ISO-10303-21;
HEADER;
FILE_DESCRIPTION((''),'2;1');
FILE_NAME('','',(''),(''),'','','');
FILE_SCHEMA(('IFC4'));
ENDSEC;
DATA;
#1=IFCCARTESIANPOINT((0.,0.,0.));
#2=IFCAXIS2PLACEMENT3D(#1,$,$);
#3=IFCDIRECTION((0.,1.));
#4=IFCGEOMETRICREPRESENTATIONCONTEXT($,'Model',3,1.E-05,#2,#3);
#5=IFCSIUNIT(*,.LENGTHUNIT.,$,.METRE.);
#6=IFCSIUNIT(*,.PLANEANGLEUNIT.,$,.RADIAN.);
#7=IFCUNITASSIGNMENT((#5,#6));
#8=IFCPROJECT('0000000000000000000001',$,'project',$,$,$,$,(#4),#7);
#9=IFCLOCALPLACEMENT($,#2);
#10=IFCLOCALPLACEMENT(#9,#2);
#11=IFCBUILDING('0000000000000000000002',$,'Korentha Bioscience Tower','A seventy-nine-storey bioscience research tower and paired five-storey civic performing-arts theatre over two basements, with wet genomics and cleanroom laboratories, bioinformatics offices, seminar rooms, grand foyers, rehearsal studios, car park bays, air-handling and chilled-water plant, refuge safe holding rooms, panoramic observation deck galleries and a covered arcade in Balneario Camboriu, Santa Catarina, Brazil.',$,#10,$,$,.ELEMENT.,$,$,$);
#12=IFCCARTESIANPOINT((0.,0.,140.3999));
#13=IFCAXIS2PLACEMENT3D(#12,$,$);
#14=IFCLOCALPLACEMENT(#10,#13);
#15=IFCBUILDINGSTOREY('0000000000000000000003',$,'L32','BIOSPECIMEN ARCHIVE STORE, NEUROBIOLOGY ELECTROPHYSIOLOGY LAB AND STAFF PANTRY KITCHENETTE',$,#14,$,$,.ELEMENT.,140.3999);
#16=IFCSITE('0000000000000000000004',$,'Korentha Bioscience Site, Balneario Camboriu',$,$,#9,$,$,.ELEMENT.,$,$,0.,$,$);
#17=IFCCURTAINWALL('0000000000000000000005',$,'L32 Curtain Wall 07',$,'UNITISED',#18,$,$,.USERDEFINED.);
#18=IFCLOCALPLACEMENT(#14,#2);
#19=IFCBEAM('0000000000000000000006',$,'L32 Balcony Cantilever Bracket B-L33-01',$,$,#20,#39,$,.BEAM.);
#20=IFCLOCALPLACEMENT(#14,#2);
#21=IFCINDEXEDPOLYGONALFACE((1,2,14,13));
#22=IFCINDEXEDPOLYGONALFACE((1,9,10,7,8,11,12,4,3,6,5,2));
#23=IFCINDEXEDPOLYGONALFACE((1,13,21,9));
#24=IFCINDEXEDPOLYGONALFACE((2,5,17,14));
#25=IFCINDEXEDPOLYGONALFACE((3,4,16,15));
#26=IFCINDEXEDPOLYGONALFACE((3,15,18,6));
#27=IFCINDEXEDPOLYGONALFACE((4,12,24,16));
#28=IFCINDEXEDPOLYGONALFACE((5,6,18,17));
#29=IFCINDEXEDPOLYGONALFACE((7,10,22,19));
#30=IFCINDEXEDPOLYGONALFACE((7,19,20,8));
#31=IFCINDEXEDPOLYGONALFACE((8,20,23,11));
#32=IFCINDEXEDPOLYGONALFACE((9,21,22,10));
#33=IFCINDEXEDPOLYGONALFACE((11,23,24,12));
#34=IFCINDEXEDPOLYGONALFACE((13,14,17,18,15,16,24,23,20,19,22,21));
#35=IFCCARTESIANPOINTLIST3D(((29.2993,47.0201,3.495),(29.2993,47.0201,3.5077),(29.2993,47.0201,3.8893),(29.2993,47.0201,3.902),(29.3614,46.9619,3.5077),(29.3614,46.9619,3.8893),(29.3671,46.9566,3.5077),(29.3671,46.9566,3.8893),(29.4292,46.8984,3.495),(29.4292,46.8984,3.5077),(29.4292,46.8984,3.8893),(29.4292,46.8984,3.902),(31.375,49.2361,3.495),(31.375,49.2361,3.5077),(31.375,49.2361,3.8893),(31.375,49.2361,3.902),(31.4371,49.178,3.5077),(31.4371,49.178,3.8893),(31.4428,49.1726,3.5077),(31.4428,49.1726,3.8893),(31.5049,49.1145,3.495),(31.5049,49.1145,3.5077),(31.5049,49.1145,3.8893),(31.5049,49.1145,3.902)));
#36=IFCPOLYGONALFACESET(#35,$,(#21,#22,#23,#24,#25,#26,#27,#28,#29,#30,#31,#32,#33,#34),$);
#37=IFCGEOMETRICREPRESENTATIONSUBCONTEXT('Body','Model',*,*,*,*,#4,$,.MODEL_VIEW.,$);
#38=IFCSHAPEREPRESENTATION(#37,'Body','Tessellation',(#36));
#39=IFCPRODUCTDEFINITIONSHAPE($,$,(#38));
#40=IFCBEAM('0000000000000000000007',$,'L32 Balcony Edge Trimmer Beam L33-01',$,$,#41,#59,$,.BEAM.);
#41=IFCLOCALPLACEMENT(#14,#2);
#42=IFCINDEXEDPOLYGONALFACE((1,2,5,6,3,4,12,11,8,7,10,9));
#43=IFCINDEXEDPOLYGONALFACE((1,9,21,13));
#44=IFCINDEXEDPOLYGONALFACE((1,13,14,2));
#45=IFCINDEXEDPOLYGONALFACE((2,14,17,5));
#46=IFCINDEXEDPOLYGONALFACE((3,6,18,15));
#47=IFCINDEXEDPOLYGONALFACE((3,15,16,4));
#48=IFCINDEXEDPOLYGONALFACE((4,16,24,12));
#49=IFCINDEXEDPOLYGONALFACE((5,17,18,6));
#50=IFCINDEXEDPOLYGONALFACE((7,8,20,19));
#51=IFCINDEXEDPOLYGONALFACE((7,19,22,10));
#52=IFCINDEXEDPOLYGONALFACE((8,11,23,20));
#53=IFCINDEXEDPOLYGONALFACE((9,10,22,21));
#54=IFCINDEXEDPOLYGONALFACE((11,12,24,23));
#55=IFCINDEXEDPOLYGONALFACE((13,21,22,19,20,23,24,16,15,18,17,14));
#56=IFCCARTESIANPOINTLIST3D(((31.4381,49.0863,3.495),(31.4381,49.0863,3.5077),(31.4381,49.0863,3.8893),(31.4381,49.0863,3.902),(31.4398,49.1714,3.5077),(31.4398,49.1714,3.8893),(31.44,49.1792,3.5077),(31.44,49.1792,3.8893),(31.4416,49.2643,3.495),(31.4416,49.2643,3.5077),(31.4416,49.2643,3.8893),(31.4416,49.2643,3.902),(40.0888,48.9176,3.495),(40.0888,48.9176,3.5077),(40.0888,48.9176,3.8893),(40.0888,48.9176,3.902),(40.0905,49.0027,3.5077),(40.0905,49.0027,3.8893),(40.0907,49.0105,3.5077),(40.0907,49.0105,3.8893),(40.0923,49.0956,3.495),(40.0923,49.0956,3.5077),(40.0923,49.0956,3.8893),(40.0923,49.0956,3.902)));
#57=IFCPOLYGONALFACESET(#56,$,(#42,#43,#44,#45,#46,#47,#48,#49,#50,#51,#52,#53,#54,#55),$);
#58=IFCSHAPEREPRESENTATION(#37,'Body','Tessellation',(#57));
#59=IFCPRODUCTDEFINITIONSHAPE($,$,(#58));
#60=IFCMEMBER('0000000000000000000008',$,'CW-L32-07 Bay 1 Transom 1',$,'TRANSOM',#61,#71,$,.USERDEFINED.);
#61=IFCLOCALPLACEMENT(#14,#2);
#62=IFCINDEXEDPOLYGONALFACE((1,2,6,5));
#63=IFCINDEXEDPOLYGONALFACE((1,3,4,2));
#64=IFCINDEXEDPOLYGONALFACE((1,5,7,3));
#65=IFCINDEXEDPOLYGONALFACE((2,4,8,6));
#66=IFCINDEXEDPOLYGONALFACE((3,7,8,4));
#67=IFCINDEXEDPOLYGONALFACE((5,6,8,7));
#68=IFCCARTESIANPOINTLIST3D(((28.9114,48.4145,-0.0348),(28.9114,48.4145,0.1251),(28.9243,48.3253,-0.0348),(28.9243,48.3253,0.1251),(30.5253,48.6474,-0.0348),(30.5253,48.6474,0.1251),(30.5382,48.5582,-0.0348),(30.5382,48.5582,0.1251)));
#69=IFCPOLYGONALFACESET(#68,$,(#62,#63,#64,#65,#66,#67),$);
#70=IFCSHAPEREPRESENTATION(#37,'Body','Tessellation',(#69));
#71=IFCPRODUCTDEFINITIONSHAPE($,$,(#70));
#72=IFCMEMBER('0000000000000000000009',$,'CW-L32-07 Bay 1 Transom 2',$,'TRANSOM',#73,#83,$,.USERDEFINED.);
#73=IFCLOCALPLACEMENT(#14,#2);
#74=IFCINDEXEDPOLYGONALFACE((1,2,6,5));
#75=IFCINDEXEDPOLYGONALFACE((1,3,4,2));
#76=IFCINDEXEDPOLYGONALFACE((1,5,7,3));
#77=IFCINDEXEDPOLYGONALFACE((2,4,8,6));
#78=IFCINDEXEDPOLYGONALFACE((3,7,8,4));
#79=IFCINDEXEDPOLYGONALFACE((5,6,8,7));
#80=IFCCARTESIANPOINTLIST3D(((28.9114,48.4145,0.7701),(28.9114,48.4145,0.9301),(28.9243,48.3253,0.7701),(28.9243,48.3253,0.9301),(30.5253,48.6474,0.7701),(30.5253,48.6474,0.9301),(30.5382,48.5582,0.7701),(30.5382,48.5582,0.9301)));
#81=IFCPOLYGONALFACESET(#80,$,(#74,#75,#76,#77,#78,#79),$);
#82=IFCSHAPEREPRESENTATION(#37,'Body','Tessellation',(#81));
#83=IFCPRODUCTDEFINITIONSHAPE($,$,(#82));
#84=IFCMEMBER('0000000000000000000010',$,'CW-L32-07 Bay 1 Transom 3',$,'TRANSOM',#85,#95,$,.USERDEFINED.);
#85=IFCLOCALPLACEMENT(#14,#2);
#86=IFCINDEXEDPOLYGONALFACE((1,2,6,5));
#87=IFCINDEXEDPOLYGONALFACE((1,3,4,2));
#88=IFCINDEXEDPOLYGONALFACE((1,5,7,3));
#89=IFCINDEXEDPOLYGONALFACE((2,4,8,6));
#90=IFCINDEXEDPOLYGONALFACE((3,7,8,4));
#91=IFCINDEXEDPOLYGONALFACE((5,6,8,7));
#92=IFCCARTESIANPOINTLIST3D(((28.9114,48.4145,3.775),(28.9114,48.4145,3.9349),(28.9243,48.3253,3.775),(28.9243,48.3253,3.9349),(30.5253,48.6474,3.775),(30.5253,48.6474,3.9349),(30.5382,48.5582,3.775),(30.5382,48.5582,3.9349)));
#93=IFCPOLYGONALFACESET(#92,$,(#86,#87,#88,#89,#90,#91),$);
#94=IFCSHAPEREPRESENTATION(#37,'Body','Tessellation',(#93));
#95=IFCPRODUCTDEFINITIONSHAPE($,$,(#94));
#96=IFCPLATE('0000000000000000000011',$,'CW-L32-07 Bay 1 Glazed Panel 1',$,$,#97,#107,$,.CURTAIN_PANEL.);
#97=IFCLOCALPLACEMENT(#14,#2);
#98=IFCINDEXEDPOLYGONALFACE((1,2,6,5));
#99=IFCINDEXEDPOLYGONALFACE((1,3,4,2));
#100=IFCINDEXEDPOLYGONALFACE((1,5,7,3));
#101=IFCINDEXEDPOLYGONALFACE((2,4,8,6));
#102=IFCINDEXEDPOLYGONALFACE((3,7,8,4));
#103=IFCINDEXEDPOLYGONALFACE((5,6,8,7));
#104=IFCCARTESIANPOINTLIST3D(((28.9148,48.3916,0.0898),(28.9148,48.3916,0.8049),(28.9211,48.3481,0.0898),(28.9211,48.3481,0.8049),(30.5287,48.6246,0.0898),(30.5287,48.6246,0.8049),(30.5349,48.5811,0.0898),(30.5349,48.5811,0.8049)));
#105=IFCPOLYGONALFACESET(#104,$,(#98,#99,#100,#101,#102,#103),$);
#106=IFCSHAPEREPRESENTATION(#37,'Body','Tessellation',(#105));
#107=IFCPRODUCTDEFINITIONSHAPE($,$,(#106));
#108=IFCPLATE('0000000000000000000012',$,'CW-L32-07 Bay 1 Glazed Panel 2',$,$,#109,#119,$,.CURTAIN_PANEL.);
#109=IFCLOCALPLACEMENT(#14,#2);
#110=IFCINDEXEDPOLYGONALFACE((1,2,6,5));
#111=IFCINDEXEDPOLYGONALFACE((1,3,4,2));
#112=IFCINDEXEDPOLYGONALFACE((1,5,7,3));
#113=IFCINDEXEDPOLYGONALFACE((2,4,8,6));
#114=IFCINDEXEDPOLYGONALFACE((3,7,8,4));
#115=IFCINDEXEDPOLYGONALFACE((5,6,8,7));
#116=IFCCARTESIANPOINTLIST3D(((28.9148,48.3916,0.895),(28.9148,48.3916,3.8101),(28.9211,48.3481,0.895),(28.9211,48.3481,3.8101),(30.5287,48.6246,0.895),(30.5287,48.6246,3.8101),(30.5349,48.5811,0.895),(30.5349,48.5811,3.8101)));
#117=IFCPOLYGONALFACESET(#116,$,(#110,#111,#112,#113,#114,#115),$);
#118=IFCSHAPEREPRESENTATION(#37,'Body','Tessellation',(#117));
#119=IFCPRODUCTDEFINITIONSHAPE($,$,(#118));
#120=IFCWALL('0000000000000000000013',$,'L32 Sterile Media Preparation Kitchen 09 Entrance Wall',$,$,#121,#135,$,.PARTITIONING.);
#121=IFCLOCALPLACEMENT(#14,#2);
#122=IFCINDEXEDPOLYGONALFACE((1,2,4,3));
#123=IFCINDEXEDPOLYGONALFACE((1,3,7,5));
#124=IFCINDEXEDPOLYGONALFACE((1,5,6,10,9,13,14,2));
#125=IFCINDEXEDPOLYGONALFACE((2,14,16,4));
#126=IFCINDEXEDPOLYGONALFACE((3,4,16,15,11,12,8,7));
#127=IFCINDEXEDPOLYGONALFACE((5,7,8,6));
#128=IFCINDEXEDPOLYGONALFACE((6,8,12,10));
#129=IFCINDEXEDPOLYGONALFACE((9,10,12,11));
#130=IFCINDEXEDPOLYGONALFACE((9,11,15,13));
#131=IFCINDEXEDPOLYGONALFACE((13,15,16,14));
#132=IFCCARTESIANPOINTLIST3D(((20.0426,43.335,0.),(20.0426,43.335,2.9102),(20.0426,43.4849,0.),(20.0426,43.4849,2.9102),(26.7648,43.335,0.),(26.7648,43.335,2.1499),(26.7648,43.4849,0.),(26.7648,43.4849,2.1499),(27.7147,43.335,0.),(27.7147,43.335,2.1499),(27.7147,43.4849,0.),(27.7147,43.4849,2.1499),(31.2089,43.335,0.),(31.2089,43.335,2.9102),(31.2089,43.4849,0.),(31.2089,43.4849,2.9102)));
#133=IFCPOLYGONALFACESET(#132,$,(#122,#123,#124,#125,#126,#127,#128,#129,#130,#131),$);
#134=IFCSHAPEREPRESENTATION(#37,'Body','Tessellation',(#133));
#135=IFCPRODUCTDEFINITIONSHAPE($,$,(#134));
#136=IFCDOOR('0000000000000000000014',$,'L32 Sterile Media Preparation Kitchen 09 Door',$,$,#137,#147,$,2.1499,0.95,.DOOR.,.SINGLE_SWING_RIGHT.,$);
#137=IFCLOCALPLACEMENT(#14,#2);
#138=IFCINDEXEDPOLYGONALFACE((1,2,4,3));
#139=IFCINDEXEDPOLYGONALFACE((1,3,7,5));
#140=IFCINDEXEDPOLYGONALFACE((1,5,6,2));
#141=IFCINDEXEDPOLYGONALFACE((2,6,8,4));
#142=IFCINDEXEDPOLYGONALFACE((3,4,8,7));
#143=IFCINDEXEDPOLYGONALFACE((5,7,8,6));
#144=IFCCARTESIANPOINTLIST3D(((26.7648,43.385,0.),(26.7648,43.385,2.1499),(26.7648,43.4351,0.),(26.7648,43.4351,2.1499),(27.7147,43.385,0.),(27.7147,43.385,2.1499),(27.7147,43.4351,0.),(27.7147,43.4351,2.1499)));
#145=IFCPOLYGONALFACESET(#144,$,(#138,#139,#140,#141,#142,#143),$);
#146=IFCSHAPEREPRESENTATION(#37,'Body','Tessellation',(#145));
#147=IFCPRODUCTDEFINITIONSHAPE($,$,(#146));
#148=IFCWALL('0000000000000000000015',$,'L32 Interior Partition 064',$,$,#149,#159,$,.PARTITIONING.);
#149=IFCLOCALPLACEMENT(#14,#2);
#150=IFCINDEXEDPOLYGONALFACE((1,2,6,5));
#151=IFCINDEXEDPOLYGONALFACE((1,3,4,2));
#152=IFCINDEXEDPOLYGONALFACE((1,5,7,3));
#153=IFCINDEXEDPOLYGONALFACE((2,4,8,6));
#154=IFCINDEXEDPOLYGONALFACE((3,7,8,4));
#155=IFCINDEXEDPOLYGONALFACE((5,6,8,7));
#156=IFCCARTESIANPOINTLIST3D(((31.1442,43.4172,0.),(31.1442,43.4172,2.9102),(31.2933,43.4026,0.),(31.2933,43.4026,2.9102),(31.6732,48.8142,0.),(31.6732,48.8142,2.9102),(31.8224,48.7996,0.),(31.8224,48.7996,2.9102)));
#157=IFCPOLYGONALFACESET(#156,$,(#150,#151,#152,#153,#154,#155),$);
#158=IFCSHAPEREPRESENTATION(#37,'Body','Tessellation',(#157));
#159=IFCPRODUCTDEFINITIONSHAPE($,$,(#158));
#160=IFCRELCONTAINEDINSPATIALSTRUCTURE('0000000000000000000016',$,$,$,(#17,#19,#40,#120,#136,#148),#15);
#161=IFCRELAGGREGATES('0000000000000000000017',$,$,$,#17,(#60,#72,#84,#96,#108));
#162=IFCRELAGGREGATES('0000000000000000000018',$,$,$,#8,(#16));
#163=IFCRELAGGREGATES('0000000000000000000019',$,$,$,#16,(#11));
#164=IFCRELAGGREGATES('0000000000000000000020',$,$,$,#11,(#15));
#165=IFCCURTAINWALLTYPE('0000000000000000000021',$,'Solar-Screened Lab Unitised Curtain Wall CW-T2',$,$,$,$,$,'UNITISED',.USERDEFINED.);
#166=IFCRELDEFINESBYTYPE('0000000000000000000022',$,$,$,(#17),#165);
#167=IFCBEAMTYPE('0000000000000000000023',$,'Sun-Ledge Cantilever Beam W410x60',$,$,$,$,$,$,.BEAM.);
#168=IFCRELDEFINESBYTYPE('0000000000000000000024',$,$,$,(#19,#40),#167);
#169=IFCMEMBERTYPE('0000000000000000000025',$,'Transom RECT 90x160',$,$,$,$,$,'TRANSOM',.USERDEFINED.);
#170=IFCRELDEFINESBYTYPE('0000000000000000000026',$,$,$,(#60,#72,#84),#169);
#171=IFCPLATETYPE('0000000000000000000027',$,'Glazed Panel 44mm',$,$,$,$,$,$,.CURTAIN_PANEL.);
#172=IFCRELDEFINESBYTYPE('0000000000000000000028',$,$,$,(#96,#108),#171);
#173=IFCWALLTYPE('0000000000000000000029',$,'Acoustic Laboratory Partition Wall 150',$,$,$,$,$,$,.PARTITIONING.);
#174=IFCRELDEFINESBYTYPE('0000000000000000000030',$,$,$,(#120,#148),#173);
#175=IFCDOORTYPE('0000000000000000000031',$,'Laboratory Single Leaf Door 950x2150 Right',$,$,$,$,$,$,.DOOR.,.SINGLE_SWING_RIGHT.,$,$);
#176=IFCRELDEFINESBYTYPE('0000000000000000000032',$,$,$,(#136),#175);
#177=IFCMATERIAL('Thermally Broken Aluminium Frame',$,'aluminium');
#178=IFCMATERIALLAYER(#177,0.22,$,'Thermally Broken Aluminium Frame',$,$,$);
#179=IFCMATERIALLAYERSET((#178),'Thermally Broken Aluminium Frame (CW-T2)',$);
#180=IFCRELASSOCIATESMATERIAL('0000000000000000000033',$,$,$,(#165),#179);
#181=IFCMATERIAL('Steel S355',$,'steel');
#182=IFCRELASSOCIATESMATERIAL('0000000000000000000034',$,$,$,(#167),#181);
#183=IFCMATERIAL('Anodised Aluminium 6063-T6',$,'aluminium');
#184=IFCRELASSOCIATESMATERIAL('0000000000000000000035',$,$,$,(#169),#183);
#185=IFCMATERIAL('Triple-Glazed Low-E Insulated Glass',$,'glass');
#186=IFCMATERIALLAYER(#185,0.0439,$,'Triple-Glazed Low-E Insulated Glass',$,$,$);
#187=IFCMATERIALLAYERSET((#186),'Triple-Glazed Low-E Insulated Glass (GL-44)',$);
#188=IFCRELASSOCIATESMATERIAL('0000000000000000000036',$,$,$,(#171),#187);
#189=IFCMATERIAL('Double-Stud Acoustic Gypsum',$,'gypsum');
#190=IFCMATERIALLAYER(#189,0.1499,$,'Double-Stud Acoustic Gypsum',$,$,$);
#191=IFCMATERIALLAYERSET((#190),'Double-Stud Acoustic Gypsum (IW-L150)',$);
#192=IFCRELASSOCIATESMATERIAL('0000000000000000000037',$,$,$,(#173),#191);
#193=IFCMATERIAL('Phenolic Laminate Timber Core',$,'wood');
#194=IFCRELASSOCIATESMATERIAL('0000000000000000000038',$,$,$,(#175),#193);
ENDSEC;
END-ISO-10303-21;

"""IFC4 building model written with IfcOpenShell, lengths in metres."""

from ifc_helpers import new_model, si_unit, direction, frame, frame_2d, origin, origin_2d, place, context, subcontext, project, spatial, rectangle, i_section, extrude, material, layer, layer_set, material_profile, profile_set, type_object, element, fill, aggregate, save


model = new_model("IFC4")

# Units and contexts
model_context = context("Model", 3, precision=1e-05, world=origin(), true_north=direction((0.0, 1.0)))
body_context = subcontext(model_context, "Body", "Model", "MODEL_VIEW")
ifc_project = project(units=[si_unit("LENGTHUNIT", "METRE"), si_unit("PLANEANGLEUNIT", "RADIAN")], contexts=[model_context])

# Site, building, storey
site_placement = place(None, origin())
site = spatial("IfcSite", under=ifc_project, at=site_placement, Name="Korentha Bioscience Site, Balneario Camboriu", CompositionType="ELEMENT", RefElevation=0.0)
building_placement = place(site_placement, origin())
building = spatial("IfcBuilding", under=site, at=building_placement, Name="Korentha Bioscience Tower", Description="A seventy-nine-storey bioscience research tower and paired five-storey civic performing-arts theatre over two basements, with wet genomics and cleanroom laboratories, bioinformatics offices, seminar rooms, grand foyers, rehearsal studios, car park bays, air-handling and chilled-water plant, refuge safe holding rooms, panoramic observation deck galleries and a covered arcade in Balneario Camboriu, Santa Catarina, Brazil.", CompositionType="ELEMENT")
storey_placement = place(building_placement, frame((0.0, 0.0, 140.3999)))
storey = spatial("IfcBuildingStorey", under=building, at=storey_placement, Name="L32", Description="BIOSPECIMEN ARCHIVE STORE, NEUROBIOLOGY ELECTROPHYSIOLOGY LAB AND STAFF PANTRY KITCHENETTE", CompositionType="ELEMENT", Elevation=140.3999)

# Curtain wall
ifc_material_1 = material(Name="Thermally Broken Aluminium Frame", Category="aluminium")
ifc_layer_1 = layer(ifc_material_1, 0.22, Name="Thermally Broken Aluminium Frame")
ifc_layer_set_1 = layer_set([ifc_layer_1], Name="Thermally Broken Aluminium Frame (CW-T2)")
curtain_wall_type = type_object("IfcCurtainWallType", Name="Solar-Screened Lab Unitised Curtain Wall CW-T2", ElementType="UNITISED", PredefinedType="USERDEFINED", material=ifc_layer_set_1)
curtain_wall_placement = place(storey_placement, origin())
curtain_wall = element("IfcCurtainWall", 1, at=curtain_wall_placement, inside=storey, type_object=curtain_wall_type, Name="L32 Curtain Wall 07", ObjectType="UNITISED", PredefinedType="USERDEFINED")
ifc_material_2 = material(Name="Anodised Aluminium 6063-T6", Category="aluminium")

# Beams
ifc_material_3 = material(Name="Steel S355", Category="steel")
ifc_material_profile_1 = material_profile(ifc_material_3, i_section(OverallWidth=0.178, OverallDepth=0.407, WebThickness=0.0078, FlangeThickness=0.0127, at=origin_2d()), Name="Steel S355")
ifc_profile_set_1 = profile_set([ifc_material_profile_1], Name="Steel S355 (CB-410)")
beam_type_1 = type_object("IfcBeamType", Name="Sun-Ledge Cantilever Beam W410x60", PredefinedType="BEAM", material=ifc_profile_set_1)
beam_1_placement = place(storey_placement, frame((29.3643, 46.9592, 3.6985), z_axis=(0.683612, 0.729846, 0.0), x_axis=(-0.729846, 0.683612, 0.0)))
element("IfcBeam", 2, at=beam_1_placement, inside=storey, type_object=beam_type_1, Name="L32 Balcony Cantilever Bracket B-L33-01", PredefinedType="BEAM", context=body_context, shape_type="SweptSolid", body=[
    extrude(i_section(OverallWidth=0.178, OverallDepth=0.407, WebThickness=0.0078, FlangeThickness=0.0127, at=origin_2d()), origin(), (0.0, 0.0, 1.0), 3.0364),
])
beam_2_placement = place(storey_placement, frame((40.0906, 49.0066, 3.6985), z_axis=(-0.99981, 0.019498, 0.0), x_axis=(-0.019498, -0.99981, 0.0)))
element("IfcBeam", 3, at=beam_2_placement, inside=storey, type_object=beam_type_1, Name="L32 Balcony Edge Trimmer Beam L33-01", PredefinedType="BEAM", context=body_context, shape_type="SweptSolid", body=[
    extrude(i_section(OverallWidth=0.178, OverallDepth=0.407, WebThickness=0.0078, FlangeThickness=0.0127, at=origin_2d()), origin(), (0.0, 0.0, 1.0), 8.6523),
])

# Members
ifc_material_profile_2 = material_profile(ifc_material_2, rectangle(XDim=0.0901, YDim=0.1599, at=origin_2d()), Name="Anodised Aluminium 6063-T6")
ifc_profile_set_2 = profile_set([ifc_material_profile_2], Name="Anodised Aluminium 6063-T6 (CW-TRN)")
member_type_1 = type_object("IfcMemberType", Name="Transom RECT 90x160", ElementType="TRANSOM", PredefinedType="USERDEFINED", material=ifc_profile_set_2)
member_1_placement = place(storey_placement, frame((30.5317, 48.6028, 0.0452), z_axis=(-0.989748, -0.142826, 0.0), x_axis=(0.142826, -0.989748, 0.0)))
member_1 = element("IfcMember", 4, at=member_1_placement, type_object=member_type_1, Name="CW-L32-07 Bay 1 Transom 1", ObjectType="TRANSOM", PredefinedType="USERDEFINED", context=body_context, shape_type="SweptSolid", body=[
    extrude(rectangle(XDim=0.0901, YDim=0.1599, at=origin_2d()), origin(), (0.0, 0.0, 1.0), 1.6306),
])
member_2_placement = place(storey_placement, frame((30.5317, 48.6028, 0.8501), z_axis=(-0.989748, -0.142826, 0.0), x_axis=(0.142826, -0.989748, 0.0)))
member_2 = element("IfcMember", 5, at=member_2_placement, type_object=member_type_1, Name="CW-L32-07 Bay 1 Transom 2", ObjectType="TRANSOM", PredefinedType="USERDEFINED", context=body_context, shape_type="SweptSolid", body=[
    extrude(rectangle(XDim=0.0901, YDim=0.1599, at=origin_2d()), origin(), (0.0, 0.0, 1.0), 1.6306),
])
member_3_placement = place(storey_placement, frame((30.5317, 48.6028, 3.855), z_axis=(-0.989748, -0.142826, 0.0), x_axis=(0.142826, -0.989748, 0.0)))
member_3 = element("IfcMember", 6, at=member_3_placement, type_object=member_type_1, Name="CW-L32-07 Bay 1 Transom 3", ObjectType="TRANSOM", PredefinedType="USERDEFINED", context=body_context, shape_type="SweptSolid", body=[
    extrude(rectangle(XDim=0.0901, YDim=0.1599, at=origin_2d()), origin(), (0.0, 0.0, 1.0), 1.6306),
])

# Plates
ifc_material_4 = material(Name="Triple-Glazed Low-E Insulated Glass", Category="glass")
ifc_layer_2 = layer(ifc_material_4, 0.0439, Name="Triple-Glazed Low-E Insulated Glass")
ifc_layer_set_2 = layer_set([ifc_layer_2], Name="Triple-Glazed Low-E Insulated Glass (GL-44)")
plate_type = type_object("IfcPlateType", Name="Glazed Panel 44mm", PredefinedType="CURTAIN_PANEL", material=ifc_layer_set_2)
plate_1_placement = place(storey_placement, frame((29.7249, 48.4863, 0.0898), z_axis=(0.0, 0.0, 1.0), x_axis=(-0.989738, -0.142892, 0.0)))
plate_1 = element("IfcPlate", 7, at=plate_1_placement, type_object=plate_type, Name="CW-L32-07 Bay 1 Glazed Panel 1", PredefinedType="CURTAIN_PANEL", context=body_context, shape_type="SweptSolid", body=[
    extrude(rectangle(XDim=1.6306, YDim=0.0439, at=origin_2d()), origin(), (0.0, 0.0, 1.0), 0.7151),
])
plate_2_placement = place(storey_placement, frame((29.7249, 48.4863, 0.895), z_axis=(0.0, 0.0, 1.0), x_axis=(-0.989738, -0.142892, 0.0)))
plate_2 = element("IfcPlate", 8, at=plate_2_placement, type_object=plate_type, Name="CW-L32-07 Bay 1 Glazed Panel 2", PredefinedType="CURTAIN_PANEL", context=body_context, shape_type="SweptSolid", body=[
    extrude(rectangle(XDim=1.6306, YDim=0.0439, at=origin_2d()), origin(), (0.0, 0.0, 1.0), 2.915),
])
aggregate(curtain_wall, [member_1, member_2, member_3, plate_1, plate_2])

# Wall, opening, door
ifc_material_5 = material(Name="Double-Stud Acoustic Gypsum", Category="gypsum")
ifc_layer_3 = layer(ifc_material_5, 0.1499, Name="Double-Stud Acoustic Gypsum")
ifc_layer_set_3 = layer_set([ifc_layer_3], Name="Double-Stud Acoustic Gypsum (IW-L150)")
wall_type_1 = type_object("IfcWallType", Name="Acoustic Laboratory Partition Wall 150", PredefinedType="PARTITIONING", material=ifc_layer_set_3)
wall_1_placement = place(storey_placement, frame((31.2087, 43.4099, 0.0), z_axis=(0.0, 0.0, 1.0), x_axis=(-1.0, 0.0, 0.0)))
wall_1 = element("IfcWall", 9, at=wall_1_placement, inside=storey, type_object=wall_type_1, Name="L32 Sterile Media Preparation Kitchen 09 Entrance Wall", PredefinedType="PARTITIONING", context=body_context, shape_type="SweptSolid", body=[
    extrude(rectangle(XDim=11.1663, YDim=0.1499, at=frame_2d((5.583, 0.0))), origin(), (0.0, 0.0, 1.0), 2.9102),
])
opening_1_placement = place(wall_1_placement, frame((3.4939, 0.0, 0.0)))
opening_1 = element("IfcOpeningElement", 10, at=opening_1_placement, cuts=wall_1, PredefinedType="OPENING", context=body_context, shape_type="SweptSolid", body=[
    extrude(rectangle(XDim=0.95, YDim=2.1499, at=frame_2d((0.4751, 1.075))), frame((0.0, 0.0898, 0.0), z_axis=(0.0, -1.0, 0.0), x_axis=(1.0, 0.0, 0.0)), (0.0, 0.0, 1.0), 0.1797),
])
ifc_material_6 = material(Name="Phenolic Laminate Timber Core", Category="wood")
door_type_1 = type_object("IfcDoorType", Name="Laboratory Single Leaf Door 950x2150 Right", OperationType="SINGLE_SWING_RIGHT", PredefinedType="DOOR", material=ifc_material_6)
door_1_placement = place(opening_1_placement, origin())
door_1 = element("IfcDoor", 11, at=door_1_placement, inside=storey, type_object=door_type_1, Name="L32 Sterile Media Preparation Kitchen 09 Door", OperationType="SINGLE_SWING_RIGHT", OverallHeight=2.1499, OverallWidth=0.95, PredefinedType="DOOR", context=body_context, shape_type="SweptSolid", body=[
    extrude(rectangle(XDim=0.95, YDim=2.1499, at=frame_2d((0.4751, 1.075))), frame((0.0, 0.0249, 0.0), z_axis=(0.0, -1.0, 0.0), x_axis=(1.0, 0.0, 0.0)), (0.0, 0.0, 1.0), 0.05),
])
fill(opening_1, door_1)

# Wall
wall_2_placement = place(storey_placement, frame((31.2188, 43.4099, 0.0), z_axis=(0.0, 0.0, 1.0), x_axis=(0.09756, 0.99523, 0.0)))
element("IfcWall", 12, at=wall_2_placement, inside=storey, type_object=wall_type_1, Name="L32 Interior Partition 064", PredefinedType="PARTITIONING", context=body_context, shape_type="SweptSolid", body=[
    extrude(rectangle(XDim=5.4229, YDim=0.1499, at=frame_2d((2.7114, 0.0))), origin(), (0.0, 0.0, 1.0), 2.9102),
])

save(model, "model.ifc")
